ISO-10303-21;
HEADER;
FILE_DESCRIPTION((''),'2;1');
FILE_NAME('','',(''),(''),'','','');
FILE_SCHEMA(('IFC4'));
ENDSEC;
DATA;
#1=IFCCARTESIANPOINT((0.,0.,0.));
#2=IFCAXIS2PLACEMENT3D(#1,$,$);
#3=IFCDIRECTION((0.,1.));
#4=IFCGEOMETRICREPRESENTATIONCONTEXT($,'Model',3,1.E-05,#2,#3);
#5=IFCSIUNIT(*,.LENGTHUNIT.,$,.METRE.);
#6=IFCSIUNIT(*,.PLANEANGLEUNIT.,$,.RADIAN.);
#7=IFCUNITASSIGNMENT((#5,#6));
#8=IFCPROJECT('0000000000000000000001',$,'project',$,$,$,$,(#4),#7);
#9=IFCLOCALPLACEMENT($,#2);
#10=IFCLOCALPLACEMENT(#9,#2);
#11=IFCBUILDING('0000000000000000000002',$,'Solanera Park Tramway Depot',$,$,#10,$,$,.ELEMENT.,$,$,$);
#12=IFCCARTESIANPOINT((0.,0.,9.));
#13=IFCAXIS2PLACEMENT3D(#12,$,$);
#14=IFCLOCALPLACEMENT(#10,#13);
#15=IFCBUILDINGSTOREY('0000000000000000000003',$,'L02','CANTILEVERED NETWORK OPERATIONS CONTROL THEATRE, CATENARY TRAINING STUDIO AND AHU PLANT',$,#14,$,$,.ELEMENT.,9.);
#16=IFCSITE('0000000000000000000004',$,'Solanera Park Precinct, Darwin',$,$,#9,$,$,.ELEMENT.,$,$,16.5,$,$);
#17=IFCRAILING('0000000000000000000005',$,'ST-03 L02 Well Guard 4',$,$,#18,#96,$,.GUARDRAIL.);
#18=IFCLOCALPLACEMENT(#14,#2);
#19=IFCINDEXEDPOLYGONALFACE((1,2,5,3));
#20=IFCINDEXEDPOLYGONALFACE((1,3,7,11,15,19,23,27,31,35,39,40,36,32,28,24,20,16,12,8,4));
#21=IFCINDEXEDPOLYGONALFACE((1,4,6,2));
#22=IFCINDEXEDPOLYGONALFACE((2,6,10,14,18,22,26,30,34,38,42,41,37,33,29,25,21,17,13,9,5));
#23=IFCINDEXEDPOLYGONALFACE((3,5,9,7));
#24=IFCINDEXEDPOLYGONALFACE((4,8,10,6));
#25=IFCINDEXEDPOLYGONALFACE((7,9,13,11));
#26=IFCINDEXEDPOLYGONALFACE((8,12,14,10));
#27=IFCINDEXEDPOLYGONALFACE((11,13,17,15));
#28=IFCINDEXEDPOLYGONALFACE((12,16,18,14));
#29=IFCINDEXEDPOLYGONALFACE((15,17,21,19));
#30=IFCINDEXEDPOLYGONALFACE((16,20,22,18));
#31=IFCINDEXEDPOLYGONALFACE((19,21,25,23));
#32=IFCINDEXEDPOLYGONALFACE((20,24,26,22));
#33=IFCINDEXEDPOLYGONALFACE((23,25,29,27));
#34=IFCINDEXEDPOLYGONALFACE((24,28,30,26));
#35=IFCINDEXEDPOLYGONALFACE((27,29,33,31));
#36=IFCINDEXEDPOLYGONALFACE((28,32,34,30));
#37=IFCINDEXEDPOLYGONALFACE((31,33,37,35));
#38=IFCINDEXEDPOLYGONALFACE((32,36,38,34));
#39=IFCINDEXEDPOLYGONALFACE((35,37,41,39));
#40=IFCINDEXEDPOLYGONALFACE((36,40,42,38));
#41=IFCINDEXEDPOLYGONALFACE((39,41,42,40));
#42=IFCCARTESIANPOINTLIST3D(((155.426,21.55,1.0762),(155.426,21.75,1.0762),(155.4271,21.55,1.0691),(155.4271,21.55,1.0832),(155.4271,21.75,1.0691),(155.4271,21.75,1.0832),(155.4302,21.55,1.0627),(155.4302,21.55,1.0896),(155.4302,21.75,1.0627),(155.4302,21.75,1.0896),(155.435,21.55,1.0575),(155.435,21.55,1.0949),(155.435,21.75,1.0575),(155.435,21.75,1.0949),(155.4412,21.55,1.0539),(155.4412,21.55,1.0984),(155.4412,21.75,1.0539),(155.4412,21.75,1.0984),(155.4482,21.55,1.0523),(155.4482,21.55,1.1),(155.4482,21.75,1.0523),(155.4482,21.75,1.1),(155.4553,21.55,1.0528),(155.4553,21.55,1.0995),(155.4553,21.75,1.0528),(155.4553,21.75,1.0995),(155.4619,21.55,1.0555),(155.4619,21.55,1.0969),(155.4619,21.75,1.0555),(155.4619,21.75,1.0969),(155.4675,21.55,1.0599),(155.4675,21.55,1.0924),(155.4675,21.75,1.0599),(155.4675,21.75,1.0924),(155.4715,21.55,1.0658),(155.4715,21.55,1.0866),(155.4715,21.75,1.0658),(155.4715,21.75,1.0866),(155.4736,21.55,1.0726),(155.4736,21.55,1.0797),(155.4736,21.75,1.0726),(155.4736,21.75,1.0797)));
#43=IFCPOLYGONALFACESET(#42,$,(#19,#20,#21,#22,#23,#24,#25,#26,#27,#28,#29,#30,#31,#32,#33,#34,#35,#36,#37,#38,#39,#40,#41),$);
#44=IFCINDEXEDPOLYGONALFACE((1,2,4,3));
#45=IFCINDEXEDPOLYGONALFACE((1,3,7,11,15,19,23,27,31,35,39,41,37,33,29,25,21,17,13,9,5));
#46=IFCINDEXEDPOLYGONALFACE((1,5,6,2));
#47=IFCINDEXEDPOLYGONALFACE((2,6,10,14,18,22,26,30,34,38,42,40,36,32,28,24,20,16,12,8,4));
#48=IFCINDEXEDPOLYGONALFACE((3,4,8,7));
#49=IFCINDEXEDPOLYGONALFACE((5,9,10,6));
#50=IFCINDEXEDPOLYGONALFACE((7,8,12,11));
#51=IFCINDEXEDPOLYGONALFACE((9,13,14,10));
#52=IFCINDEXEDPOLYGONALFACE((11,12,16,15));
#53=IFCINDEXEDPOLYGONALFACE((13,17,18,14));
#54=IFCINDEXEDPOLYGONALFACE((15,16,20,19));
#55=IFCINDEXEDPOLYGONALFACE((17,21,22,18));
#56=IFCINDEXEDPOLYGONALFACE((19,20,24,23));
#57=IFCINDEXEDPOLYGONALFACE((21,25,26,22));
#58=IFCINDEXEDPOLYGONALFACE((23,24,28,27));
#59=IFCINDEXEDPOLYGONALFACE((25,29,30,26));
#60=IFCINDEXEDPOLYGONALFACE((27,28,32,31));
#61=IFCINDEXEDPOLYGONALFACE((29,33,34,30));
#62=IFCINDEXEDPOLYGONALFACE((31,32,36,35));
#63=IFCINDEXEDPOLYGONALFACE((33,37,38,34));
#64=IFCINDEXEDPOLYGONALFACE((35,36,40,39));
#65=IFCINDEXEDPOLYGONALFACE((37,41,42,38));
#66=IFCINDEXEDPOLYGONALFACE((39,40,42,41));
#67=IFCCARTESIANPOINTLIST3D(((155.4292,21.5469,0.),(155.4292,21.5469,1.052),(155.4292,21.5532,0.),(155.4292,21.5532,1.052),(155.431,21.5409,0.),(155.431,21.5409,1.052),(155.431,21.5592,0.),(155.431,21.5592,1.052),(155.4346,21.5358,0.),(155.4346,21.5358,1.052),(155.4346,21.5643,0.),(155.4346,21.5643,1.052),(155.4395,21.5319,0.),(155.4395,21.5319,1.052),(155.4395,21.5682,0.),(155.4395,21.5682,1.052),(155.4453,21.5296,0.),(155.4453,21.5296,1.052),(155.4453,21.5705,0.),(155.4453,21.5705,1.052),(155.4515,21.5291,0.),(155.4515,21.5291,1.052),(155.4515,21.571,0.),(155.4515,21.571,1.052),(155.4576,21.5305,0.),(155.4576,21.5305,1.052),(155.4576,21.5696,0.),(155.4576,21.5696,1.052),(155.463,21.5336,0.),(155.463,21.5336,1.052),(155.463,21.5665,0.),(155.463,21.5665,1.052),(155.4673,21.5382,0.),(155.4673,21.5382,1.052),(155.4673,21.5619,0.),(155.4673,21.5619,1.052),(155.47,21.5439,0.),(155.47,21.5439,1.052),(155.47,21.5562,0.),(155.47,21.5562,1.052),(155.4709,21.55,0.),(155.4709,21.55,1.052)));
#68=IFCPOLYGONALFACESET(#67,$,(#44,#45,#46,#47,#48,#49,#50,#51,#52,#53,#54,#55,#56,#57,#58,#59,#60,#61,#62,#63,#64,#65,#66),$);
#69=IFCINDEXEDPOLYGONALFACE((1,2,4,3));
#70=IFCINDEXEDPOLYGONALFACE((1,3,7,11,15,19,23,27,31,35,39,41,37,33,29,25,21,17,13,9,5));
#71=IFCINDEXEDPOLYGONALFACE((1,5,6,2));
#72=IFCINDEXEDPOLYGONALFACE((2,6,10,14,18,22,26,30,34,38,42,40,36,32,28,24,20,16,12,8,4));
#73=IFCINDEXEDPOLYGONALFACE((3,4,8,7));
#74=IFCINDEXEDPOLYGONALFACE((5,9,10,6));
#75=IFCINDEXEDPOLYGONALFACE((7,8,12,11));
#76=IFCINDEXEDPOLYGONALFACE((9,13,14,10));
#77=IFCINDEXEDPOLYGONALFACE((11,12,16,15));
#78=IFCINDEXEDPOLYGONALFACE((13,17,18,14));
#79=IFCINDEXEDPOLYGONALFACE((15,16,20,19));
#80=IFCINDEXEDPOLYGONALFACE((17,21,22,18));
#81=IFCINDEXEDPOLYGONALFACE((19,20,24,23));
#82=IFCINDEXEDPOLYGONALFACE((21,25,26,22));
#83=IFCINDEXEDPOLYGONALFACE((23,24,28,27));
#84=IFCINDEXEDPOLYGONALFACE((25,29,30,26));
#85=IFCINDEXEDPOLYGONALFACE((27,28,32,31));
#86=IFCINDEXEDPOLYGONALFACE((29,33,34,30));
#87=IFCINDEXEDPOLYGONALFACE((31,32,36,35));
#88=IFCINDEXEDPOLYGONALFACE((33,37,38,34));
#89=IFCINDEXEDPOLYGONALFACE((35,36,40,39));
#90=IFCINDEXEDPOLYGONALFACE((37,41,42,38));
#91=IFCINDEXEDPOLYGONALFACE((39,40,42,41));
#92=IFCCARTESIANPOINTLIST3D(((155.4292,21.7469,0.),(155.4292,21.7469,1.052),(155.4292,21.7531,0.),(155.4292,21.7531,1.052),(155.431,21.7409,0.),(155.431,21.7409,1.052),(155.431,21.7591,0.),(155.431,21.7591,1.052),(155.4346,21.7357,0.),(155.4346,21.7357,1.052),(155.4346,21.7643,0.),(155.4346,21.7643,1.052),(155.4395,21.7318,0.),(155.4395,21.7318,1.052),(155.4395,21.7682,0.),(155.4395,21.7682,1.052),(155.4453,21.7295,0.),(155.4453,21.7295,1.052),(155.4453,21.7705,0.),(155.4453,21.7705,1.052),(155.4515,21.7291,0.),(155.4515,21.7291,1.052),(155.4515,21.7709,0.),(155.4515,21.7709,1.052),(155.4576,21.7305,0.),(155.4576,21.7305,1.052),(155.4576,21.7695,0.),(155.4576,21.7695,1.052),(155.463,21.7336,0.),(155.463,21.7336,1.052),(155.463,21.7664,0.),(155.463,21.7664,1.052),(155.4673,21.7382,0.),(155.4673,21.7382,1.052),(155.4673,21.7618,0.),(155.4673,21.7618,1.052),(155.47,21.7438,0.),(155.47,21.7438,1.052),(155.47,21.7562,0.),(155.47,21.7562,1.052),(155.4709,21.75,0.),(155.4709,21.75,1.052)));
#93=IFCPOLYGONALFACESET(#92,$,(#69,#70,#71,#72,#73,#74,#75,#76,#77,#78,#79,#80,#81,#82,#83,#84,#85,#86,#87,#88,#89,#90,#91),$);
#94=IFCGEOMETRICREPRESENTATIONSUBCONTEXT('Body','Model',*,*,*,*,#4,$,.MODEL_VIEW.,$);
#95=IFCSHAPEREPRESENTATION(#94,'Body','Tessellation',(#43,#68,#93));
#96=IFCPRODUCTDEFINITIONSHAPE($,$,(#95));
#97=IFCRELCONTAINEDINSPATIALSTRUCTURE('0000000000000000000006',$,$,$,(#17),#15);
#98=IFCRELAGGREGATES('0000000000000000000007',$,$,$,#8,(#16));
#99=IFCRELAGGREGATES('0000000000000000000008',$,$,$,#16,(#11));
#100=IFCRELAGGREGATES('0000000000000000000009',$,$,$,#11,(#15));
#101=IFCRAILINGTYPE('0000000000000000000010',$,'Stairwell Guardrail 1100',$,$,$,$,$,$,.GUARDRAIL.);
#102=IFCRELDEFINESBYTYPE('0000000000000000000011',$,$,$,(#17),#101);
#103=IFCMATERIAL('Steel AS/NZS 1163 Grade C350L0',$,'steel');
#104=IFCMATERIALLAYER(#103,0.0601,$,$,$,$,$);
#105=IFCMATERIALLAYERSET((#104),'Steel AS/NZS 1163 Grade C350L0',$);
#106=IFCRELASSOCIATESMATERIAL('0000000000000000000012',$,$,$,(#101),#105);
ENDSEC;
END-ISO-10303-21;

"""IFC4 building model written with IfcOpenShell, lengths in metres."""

from ifc_helpers import new_model, si_unit, direction, frame, origin, origin_2d, place, context, subcontext, project, spatial, circle, extrude, material, layer, layer_set, type_object, element, save


model = new_model("IFC4")

# Units and contexts
model_context = context("Model", 3, precision=1e-05, world=origin(), true_north=direction((0.0, 1.0)))
body_context = subcontext(model_context, "Body", "Model", "MODEL_VIEW")
ifc_project = project(units=[si_unit("LENGTHUNIT", "METRE"), si_unit("PLANEANGLEUNIT", "RADIAN")], contexts=[model_context])

# Site, building, storey
site_placement = place(None, origin())
site = spatial("IfcSite", under=ifc_project, at=site_placement, Name="Solanera Park Precinct, Darwin", CompositionType="ELEMENT", RefElevation=16.5)
building_placement = place(site_placement, origin())
building = spatial("IfcBuilding", under=site, at=building_placement, Name="Solanera Park Tramway Depot", CompositionType="ELEMENT")
storey_placement = place(building_placement, frame((0.0, 0.0, 9.0)))
storey = spatial("IfcBuildingStorey", under=building, at=storey_placement, Name="L02", Description="CANTILEVERED NETWORK OPERATIONS CONTROL THEATRE, CATENARY TRAINING STUDIO AND AHU PLANT", CompositionType="ELEMENT", Elevation=9.0)

# Railing
ifc_material_1 = material(Name="Steel AS/NZS 1163 Grade C350L0", Category="steel")
ifc_layer_1 = layer(ifc_material_1, 0.0601)
ifc_layer_set_1 = layer_set([ifc_layer_1], Name="Steel AS/NZS 1163 Grade C350L0")
railing_type_1 = type_object("IfcRailingType", Name="Stairwell Guardrail 1100", PredefinedType="GUARDRAIL", material=ifc_layer_set_1)
railing_1_placement = place(storey_placement, frame((155.45, 21.55, 0.0)))
element("IfcRailing", 1, at=railing_1_placement, inside=storey, type_object=railing_type_1, Name="ST-03 L02 Well Guard 4", PredefinedType="GUARDRAIL", context=body_context, shape_type="SweptSolid", body=[
    extrude(circle(Radius=0.0239, at=origin_2d()), frame((0.0, 0.0, 1.0762), z_axis=(0.0, 1.0, 0.0), x_axis=(-1.0, 0.0, 0.0)), (0.0, 0.0, 1.0), 0.2),
    extrude(circle(Radius=0.021, at=origin_2d()), origin(), (0.0, 0.0, 1.0), 1.052),
    extrude(circle(Radius=0.021, at=origin_2d()), frame((0.0, 0.2, 0.0)), (0.0, 0.0, 1.0), 1.052),
])

save(model, "model.ifc")
